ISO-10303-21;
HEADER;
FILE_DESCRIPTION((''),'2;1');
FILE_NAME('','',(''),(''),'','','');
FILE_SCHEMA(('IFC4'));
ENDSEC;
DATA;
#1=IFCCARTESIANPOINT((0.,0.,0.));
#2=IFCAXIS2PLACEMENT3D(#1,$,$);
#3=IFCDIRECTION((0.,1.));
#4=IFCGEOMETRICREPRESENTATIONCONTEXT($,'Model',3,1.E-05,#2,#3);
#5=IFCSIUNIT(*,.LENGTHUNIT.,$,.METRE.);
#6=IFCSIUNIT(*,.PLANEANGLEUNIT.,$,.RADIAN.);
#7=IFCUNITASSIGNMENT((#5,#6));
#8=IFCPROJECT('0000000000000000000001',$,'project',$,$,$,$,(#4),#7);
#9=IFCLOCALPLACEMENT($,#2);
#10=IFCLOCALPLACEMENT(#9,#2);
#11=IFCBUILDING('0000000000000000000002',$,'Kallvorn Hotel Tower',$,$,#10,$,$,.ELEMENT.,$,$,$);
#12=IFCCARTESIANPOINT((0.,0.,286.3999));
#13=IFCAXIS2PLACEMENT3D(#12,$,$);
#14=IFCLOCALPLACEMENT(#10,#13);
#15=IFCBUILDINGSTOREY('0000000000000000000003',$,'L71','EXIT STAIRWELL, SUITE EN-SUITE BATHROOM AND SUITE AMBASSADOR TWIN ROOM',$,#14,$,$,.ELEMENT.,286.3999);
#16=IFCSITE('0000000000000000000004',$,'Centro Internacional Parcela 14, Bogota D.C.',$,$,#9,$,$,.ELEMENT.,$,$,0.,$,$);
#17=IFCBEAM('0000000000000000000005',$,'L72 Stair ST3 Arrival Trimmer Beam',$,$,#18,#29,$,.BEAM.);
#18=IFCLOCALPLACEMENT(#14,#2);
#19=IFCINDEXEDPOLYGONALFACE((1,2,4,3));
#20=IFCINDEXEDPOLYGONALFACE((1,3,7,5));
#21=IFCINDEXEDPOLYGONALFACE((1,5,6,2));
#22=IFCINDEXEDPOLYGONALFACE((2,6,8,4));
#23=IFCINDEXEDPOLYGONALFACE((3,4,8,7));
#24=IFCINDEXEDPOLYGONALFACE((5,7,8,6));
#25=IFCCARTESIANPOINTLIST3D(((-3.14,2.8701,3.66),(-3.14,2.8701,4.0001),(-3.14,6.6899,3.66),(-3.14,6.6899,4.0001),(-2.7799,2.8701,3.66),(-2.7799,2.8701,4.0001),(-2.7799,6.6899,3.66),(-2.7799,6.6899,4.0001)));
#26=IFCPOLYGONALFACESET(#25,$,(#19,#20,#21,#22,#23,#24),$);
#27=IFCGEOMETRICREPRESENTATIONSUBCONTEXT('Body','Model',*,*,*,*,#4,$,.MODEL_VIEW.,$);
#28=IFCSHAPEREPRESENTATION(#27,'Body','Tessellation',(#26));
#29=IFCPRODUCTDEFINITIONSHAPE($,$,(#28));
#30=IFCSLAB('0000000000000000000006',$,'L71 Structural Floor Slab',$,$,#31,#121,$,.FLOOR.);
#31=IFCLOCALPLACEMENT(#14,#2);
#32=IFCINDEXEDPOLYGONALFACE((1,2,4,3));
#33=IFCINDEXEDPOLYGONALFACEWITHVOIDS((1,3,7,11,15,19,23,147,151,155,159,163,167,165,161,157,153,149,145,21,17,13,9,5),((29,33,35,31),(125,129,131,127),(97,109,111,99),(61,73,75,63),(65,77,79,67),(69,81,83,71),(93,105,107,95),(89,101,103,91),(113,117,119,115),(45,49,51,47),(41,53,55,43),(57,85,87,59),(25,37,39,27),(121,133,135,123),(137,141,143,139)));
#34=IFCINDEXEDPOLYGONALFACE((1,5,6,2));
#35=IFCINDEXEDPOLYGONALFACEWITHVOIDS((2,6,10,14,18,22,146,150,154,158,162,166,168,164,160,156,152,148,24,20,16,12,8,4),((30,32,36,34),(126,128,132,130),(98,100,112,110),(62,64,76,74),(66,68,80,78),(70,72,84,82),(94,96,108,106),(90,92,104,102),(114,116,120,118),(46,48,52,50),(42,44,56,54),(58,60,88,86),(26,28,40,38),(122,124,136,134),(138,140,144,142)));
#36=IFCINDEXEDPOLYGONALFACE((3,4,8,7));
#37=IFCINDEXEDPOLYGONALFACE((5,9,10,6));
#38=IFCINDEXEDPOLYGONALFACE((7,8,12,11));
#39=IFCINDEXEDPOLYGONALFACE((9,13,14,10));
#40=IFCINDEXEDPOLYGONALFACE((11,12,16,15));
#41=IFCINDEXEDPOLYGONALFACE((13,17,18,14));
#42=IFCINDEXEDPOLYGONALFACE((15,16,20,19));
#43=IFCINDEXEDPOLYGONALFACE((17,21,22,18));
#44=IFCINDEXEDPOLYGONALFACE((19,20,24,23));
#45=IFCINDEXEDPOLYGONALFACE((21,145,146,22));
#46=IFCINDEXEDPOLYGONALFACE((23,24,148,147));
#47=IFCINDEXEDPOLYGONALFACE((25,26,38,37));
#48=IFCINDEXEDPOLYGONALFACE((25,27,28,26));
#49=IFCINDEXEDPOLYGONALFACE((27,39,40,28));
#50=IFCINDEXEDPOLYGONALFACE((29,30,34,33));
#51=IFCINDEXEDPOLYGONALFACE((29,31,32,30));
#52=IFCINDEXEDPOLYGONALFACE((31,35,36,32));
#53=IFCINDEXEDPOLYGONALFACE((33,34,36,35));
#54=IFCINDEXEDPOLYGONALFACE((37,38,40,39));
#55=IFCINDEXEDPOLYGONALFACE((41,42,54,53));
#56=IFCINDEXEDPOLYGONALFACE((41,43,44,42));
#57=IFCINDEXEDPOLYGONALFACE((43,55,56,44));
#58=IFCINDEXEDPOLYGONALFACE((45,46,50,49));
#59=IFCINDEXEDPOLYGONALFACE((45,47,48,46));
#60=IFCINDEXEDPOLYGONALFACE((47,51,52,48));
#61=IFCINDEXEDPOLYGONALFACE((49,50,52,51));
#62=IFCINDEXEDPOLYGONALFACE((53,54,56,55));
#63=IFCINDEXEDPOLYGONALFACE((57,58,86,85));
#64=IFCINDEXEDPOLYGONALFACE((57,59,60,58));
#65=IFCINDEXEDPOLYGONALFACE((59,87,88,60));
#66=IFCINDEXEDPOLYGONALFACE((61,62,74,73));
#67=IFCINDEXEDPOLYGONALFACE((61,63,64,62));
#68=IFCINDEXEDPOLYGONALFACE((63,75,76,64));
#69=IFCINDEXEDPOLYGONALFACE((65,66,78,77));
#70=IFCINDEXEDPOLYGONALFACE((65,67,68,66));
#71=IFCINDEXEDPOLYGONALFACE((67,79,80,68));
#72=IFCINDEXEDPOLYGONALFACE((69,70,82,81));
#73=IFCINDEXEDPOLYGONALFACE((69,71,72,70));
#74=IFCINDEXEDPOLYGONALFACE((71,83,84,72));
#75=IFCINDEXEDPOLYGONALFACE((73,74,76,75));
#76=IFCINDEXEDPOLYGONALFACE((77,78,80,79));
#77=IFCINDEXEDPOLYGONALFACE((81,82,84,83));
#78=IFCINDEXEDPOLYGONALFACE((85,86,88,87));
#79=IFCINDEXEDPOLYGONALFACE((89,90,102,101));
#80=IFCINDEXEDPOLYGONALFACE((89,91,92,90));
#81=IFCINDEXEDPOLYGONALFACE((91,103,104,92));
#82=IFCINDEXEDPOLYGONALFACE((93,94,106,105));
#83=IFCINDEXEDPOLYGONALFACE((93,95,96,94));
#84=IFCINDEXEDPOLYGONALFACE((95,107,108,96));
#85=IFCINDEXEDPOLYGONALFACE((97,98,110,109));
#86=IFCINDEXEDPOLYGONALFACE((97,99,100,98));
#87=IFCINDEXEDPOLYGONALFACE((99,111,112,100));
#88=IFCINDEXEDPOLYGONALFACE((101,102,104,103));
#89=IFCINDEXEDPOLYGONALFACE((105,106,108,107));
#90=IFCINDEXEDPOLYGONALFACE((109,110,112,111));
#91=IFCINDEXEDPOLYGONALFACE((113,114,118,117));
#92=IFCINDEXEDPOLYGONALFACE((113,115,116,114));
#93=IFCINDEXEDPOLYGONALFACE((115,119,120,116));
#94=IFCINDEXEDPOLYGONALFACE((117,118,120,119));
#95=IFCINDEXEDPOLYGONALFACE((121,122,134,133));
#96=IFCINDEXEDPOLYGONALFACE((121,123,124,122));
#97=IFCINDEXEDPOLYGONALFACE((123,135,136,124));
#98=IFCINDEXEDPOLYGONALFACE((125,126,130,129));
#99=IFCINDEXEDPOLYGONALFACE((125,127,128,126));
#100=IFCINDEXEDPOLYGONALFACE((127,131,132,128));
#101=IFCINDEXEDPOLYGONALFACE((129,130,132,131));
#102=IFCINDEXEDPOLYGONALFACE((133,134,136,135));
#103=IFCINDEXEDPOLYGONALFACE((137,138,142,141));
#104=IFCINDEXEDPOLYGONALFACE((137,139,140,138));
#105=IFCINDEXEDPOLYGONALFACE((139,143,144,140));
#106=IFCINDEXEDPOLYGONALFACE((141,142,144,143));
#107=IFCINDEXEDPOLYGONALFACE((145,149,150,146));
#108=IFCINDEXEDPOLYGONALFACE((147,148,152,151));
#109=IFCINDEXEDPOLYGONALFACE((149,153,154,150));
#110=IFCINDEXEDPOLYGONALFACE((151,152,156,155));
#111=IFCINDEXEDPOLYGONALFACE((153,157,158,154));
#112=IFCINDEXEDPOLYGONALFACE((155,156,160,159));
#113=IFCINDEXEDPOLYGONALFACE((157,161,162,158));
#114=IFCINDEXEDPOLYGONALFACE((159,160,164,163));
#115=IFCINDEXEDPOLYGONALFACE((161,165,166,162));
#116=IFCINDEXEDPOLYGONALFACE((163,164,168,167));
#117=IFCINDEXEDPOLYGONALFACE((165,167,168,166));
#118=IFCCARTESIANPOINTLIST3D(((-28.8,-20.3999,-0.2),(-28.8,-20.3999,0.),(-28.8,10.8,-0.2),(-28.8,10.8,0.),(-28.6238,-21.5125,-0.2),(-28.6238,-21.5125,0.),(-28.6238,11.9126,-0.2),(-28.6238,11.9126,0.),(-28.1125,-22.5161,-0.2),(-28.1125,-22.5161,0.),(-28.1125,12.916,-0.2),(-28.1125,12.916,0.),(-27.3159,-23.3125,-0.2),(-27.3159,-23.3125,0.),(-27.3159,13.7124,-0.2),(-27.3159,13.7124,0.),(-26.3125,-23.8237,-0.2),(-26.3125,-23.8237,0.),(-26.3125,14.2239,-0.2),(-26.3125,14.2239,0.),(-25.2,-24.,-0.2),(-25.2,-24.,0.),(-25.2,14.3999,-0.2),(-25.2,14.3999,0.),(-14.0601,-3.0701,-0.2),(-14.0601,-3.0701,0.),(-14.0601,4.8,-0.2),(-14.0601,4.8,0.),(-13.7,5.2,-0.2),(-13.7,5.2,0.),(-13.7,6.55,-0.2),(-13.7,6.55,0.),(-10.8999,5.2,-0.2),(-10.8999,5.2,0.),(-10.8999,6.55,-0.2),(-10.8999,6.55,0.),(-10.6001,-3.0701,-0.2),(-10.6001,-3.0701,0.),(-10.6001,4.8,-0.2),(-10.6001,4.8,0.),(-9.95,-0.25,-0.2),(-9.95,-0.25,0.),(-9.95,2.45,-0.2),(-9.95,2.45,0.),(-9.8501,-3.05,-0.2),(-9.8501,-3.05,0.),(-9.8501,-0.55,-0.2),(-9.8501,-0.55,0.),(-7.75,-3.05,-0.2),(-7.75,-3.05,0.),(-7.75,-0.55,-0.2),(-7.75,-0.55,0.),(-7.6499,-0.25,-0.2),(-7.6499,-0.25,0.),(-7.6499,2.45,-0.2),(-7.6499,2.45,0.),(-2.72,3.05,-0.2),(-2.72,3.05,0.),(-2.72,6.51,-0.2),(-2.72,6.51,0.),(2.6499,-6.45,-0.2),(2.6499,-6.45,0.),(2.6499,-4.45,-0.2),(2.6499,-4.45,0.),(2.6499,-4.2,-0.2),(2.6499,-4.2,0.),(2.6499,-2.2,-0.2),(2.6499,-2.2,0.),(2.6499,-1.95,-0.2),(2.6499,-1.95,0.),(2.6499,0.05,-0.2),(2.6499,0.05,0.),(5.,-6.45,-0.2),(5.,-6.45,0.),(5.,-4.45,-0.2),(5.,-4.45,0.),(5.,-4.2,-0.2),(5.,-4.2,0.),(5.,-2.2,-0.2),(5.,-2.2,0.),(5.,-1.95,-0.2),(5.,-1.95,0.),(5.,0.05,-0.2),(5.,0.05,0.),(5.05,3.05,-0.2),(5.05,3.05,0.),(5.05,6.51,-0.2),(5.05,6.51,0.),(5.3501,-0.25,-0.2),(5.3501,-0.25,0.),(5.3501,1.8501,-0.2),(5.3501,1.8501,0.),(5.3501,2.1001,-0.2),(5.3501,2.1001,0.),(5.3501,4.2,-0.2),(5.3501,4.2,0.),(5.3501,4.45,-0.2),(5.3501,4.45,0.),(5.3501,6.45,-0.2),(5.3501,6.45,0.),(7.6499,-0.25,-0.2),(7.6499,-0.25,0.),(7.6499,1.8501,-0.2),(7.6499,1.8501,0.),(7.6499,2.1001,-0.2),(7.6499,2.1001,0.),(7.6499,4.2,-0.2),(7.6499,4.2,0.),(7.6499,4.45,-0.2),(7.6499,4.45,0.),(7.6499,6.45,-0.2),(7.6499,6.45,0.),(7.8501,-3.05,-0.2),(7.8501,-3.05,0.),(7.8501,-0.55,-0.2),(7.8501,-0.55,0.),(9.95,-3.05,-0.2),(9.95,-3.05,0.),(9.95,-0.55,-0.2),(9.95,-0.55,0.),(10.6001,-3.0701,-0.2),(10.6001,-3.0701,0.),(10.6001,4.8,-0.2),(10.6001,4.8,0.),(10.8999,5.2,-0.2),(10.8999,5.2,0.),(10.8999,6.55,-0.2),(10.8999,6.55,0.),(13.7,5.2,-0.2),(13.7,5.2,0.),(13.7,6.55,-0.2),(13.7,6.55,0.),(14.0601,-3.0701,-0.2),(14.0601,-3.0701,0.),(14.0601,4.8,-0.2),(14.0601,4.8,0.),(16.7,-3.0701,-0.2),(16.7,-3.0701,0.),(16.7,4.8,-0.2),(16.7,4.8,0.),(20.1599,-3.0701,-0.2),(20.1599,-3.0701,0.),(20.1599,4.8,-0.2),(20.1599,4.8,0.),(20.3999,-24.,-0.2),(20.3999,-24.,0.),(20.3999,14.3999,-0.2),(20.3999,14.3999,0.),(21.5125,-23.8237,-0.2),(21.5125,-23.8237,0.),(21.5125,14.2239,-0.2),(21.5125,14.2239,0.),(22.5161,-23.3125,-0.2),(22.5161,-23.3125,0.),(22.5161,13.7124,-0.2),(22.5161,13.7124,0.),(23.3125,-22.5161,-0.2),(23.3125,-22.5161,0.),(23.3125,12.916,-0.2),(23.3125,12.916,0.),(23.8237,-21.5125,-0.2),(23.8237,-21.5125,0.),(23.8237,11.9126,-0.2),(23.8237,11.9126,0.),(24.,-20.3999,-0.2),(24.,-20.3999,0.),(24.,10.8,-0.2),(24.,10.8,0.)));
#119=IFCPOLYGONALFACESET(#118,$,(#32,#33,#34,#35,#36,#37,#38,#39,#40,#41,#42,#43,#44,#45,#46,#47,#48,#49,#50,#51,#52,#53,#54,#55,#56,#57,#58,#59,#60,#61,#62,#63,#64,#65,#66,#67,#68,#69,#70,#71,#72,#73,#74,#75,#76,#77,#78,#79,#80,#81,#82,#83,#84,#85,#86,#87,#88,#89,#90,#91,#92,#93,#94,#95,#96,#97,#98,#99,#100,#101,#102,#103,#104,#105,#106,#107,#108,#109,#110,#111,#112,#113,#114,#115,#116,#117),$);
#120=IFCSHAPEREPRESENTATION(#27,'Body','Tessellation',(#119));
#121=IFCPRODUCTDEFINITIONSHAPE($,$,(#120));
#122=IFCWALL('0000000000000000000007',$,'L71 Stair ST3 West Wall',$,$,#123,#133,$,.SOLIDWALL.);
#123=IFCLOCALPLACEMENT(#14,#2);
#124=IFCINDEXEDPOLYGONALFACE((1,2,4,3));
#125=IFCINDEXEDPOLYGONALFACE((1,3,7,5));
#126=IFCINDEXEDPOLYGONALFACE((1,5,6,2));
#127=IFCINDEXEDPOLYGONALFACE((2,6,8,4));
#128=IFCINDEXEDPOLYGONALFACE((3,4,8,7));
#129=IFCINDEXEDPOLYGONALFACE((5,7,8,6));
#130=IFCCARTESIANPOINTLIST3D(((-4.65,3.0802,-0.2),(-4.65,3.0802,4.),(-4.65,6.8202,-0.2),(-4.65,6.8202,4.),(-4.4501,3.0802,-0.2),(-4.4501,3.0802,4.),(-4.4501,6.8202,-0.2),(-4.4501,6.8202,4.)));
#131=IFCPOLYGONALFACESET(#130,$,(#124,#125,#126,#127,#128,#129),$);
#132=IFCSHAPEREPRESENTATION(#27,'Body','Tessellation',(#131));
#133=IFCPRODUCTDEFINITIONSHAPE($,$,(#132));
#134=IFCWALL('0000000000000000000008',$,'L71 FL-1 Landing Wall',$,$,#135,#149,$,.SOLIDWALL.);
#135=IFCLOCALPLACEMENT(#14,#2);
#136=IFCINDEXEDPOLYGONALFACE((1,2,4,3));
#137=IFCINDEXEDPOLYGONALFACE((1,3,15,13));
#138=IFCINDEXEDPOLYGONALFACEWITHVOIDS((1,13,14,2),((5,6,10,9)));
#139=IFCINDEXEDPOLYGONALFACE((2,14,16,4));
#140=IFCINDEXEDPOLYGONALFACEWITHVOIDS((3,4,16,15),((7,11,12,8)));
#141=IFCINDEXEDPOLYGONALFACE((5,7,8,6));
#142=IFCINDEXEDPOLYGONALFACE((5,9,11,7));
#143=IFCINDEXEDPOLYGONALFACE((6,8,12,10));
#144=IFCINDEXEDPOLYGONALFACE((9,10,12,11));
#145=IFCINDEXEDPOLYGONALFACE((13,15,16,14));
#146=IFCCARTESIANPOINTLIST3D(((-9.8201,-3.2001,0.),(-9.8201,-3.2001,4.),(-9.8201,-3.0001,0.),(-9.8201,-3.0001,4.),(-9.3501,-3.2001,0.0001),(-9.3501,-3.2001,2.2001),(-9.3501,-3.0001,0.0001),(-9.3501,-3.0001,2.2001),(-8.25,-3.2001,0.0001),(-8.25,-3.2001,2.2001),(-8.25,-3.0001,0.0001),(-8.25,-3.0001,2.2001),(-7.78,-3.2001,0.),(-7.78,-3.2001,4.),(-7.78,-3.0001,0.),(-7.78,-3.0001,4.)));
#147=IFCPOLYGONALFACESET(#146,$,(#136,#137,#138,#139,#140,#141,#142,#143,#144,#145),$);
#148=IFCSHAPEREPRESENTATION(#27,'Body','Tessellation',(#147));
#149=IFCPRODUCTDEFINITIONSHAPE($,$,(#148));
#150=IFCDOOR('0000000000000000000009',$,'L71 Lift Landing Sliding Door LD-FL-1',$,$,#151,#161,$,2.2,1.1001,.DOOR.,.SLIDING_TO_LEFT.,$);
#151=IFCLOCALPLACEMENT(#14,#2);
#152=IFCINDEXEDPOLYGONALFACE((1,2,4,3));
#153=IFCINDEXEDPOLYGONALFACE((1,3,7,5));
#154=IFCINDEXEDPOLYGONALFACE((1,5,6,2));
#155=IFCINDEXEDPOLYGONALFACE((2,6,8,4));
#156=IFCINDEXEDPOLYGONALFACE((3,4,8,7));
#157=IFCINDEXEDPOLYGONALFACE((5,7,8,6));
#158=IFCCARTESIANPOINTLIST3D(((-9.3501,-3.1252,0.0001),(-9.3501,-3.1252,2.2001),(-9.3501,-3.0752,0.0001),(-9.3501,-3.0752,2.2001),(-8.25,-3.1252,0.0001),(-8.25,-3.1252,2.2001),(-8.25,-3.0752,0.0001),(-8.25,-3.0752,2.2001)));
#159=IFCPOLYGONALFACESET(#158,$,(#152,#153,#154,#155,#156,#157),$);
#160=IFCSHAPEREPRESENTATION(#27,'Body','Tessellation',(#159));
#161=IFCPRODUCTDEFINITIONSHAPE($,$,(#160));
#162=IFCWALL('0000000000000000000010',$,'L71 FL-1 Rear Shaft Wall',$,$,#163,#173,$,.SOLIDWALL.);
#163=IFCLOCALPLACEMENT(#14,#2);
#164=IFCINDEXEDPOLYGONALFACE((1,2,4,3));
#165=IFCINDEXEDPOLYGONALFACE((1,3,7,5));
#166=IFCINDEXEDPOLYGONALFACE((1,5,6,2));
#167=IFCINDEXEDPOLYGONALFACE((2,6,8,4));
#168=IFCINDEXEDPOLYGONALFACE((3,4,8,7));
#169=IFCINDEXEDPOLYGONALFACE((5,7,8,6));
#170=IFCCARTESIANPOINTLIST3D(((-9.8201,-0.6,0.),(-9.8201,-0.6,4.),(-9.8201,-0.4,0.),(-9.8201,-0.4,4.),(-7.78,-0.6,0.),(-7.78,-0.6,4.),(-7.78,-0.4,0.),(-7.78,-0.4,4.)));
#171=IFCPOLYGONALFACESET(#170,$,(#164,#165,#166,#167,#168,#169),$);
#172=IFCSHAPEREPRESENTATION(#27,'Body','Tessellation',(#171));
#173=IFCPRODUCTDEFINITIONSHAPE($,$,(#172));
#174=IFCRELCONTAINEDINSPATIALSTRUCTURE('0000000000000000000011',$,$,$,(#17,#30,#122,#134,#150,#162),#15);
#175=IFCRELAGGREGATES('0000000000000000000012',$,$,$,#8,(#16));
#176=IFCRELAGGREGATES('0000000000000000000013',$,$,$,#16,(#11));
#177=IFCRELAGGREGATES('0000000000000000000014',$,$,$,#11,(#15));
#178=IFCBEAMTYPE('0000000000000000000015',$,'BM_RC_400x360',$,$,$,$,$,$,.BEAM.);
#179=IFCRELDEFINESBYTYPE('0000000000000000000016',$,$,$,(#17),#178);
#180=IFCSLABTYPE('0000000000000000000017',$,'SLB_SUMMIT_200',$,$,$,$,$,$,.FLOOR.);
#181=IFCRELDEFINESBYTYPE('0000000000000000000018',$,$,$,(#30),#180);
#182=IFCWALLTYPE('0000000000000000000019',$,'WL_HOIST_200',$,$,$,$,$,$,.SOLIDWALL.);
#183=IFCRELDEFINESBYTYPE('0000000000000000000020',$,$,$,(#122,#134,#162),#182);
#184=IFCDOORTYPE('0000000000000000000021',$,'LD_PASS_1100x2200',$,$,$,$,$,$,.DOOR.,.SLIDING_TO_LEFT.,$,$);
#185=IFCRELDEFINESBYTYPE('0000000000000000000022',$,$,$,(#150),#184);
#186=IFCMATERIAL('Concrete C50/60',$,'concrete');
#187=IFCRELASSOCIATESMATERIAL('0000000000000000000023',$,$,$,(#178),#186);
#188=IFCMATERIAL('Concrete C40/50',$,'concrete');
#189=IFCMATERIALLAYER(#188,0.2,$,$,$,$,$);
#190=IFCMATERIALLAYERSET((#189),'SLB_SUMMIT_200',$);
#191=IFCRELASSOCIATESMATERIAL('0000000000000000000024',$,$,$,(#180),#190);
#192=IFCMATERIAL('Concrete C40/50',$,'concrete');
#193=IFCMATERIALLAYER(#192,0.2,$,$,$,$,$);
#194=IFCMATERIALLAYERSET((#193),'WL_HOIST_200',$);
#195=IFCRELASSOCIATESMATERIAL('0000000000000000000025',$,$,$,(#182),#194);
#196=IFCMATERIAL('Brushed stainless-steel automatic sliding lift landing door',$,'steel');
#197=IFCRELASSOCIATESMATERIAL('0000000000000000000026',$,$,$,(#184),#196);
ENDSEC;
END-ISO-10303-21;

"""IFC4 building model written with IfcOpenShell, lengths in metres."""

from ifc_helpers import new_model, si_unit, direction, frame, frame_2d, origin, origin_2d, place, context, subcontext, project, spatial, polyline, rectangle, outline, extrude, material, layer, layer_set, material_profile, profile_set, type_object, element, fill, save


model = new_model("IFC4")

# Units and contexts
model_context = context("Model", 3, precision=1e-05, world=origin(), true_north=direction((0.0, 1.0)))
body_context = subcontext(model_context, "Body", "Model", "MODEL_VIEW")
ifc_project = project(units=[si_unit("LENGTHUNIT", "METRE"), si_unit("PLANEANGLEUNIT", "RADIAN")], contexts=[model_context])

# Site, building, storey
site_placement = place(None, origin())
site = spatial("IfcSite", under=ifc_project, at=site_placement, Name="Centro Internacional Parcela 14, Bogota D.C.", CompositionType="ELEMENT", RefElevation=0.0)
building_placement = place(site_placement, origin())
building = spatial("IfcBuilding", under=site, at=building_placement, Name="Kallvorn Hotel Tower", CompositionType="ELEMENT")
storey_placement = place(building_placement, frame((0.0, 0.0, 286.3999)))
storey = spatial("IfcBuildingStorey", under=building, at=storey_placement, Name="L71", Description="EXIT STAIRWELL, SUITE EN-SUITE BATHROOM AND SUITE AMBASSADOR TWIN ROOM", CompositionType="ELEMENT", Elevation=286.3999)

# Beam
ifc_material_1 = material(Name="Concrete C50/60", Category="concrete")
ifc_material_profile = material_profile(ifc_material_1, rectangle(XDim=0.3601, YDim=0.3401, at=origin_2d()), Name="RC 360x340")
ifc_profile_set = profile_set([ifc_material_profile], Name="Concrete C50/60")
beam_type = type_object("IfcBeamType", Name="BM_RC_400x360", PredefinedType="BEAM", material=ifc_profile_set)
beam_placement = place(storey_placement, frame((-2.96, 2.8701, 3.8301), z_axis=(0.0, 1.0, 0.0), x_axis=(-1.0, 0.0, 0.0)))
element("IfcBeam", 1, at=beam_placement, inside=storey, type_object=beam_type, Name="L72 Stair ST3 Arrival Trimmer Beam", PredefinedType="BEAM", context=body_context, shape_type="SweptSolid", body=[
    extrude(rectangle(XDim=0.3601, YDim=0.3401, at=origin_2d()), origin(), (0.0, 0.0, 1.0), 3.8198),
])

# Slab
ifc_material_2 = material(Name="Concrete C40/50", Category="concrete")
ifc_layer_1 = layer(ifc_material_2, 0.2)
ifc_layer_set_1 = layer_set([ifc_layer_1], Name="SLB_SUMMIT_200")
slab_type = type_object("IfcSlabType", Name="SLB_SUMMIT_200", PredefinedType="FLOOR", material=ifc_layer_set_1)
slab_placement = place(storey_placement, frame((0.0, 0.0, -0.2)))
element("IfcSlab", 2, at=slab_placement, inside=storey, type_object=slab_type, Name="L71 Structural Floor Slab", PredefinedType="FLOOR", context=body_context, shape_type="SweptSolid", body=[
    extrude(outline(polyline([(20.3999, -24.0), (21.5125, -23.8237), (22.5161, -23.3125), (23.3125, -22.5161), (23.8237, -21.5125), (24.0, -20.3999), (24.0, 10.8), (23.8237, 11.9126), (23.3125, 12.916), (22.5161, 13.7124), (21.5125, 14.2239), (20.3999, 14.3999), (-25.2, 14.3999), (-26.3125, 14.2239), (-27.3159, 13.7124), (-28.1125, 12.916), (-28.6238, 11.9126), (-28.8, 10.8), (-28.8, -20.3999), (-28.6238, -21.5125), (-28.1125, -22.5161), (-27.3159, -23.3125), (-26.3125, -23.8237), (-25.2, -24.0), (20.3999, -24.0)]), holes=[polyline([(-10.6001, -3.0701), (-10.6001, 4.8), (-14.0601, 4.8), (-14.0601, -3.0701), (-10.6001, -3.0701)]), polyline([(14.0601, -3.0701), (14.0601, 4.8), (10.6001, 4.8), (10.6001, -3.0701), (14.0601, -3.0701)]), polyline([(-2.72, 3.05), (5.05, 3.05), (5.05, 6.51), (-2.72, 6.51), (-2.72, 3.05)]), polyline([(20.1599, -3.0701), (20.1599, 4.8), (16.7, 4.8), (16.7, -3.0701), (20.1599, -3.0701)]), polyline([(2.6499, -6.45), (5.0, -6.45), (5.0, -4.45), (2.6499, -4.45), (2.6499, -6.45)]), polyline([(2.6499, -4.2), (5.0, -4.2), (5.0, -2.2), (2.6499, -2.2), (2.6499, -4.2)]), polyline([(2.6499, -1.95), (5.0, -1.95), (5.0, 0.05), (2.6499, 0.05), (2.6499, -1.95)]), polyline([(5.3501, -0.25), (7.6499, -0.25), (7.6499, 1.8501), (5.3501, 1.8501), (5.3501, -0.25)]), polyline([(5.3501, 2.1001), (7.6499, 2.1001), (7.6499, 4.2), (5.3501, 4.2), (5.3501, 2.1001)]), polyline([(5.3501, 4.45), (7.6499, 4.45), (7.6499, 6.45), (5.3501, 6.45), (5.3501, 4.45)]), polyline([(-9.8501, -3.05), (-7.75, -3.05), (-7.75, -0.55), (-9.8501, -0.55), (-9.8501, -3.05)]), polyline([(7.8501, -3.05), (9.95, -3.05), (9.95, -0.55), (7.8501, -0.55), (7.8501, -3.05)]), polyline([(-9.95, -0.25), (-7.6499, -0.25), (-7.6499, 2.45), (-9.95, 2.45), (-9.95, -0.25)]), polyline([(-13.7, 5.2), (-10.8999, 5.2), (-10.8999, 6.55), (-13.7, 6.55), (-13.7, 5.2)]), polyline([(10.8999, 5.2), (13.7, 5.2), (13.7, 6.55), (10.8999, 6.55), (10.8999, 5.2)])]), origin(), (0.0, 0.0, 1.0), 0.2),
])

# Wall
ifc_material_3 = material(Name="Concrete C40/50", Category="concrete")
ifc_layer_2 = layer(ifc_material_3, 0.2)
ifc_layer_set_2 = layer_set([ifc_layer_2], Name="WL_HOIST_200")
wall_type_1 = type_object("IfcWallType", Name="WL_HOIST_200", PredefinedType="SOLIDWALL", material=ifc_layer_set_2)
wall_1_placement = place(storey_placement, frame((-4.55, 3.0801, -0.2), z_axis=(0.0, 0.0, 1.0), x_axis=(0.0, 1.0, 0.0)))
element("IfcWall", 3, at=wall_1_placement, inside=storey, type_object=wall_type_1, Name="L71 Stair ST3 West Wall", PredefinedType="SOLIDWALL", context=body_context, shape_type="SweptSolid", body=[
    extrude(rectangle(XDim=3.74, YDim=0.2, at=frame_2d((1.8701, 0.0))), origin(), (0.0, 0.0, 1.0), 4.2),
])

# Wall, opening, door
wall_2_placement = place(storey_placement, frame((-9.8201, -3.1001, 0.0), z_axis=(0.0, 0.0, 1.0), x_axis=(1.0, 0.0, 0.0)))
wall_2 = element("IfcWall", 4, at=wall_2_placement, inside=storey, type_object=wall_type_1, Name="L71 FL-1 Landing Wall", PredefinedType="SOLIDWALL", context=body_context, shape_type="SweptSolid", body=[
    extrude(rectangle(XDim=2.04, YDim=0.2, at=frame_2d((1.02, 0.0))), origin(), (0.0, 0.0, 1.0), 4.0),
])
opening_1_placement = place(wall_2_placement, frame((0.47, 0.0, 0.0)))
opening_1 = element("IfcOpeningElement", 5, at=opening_1_placement, cuts=wall_2, PredefinedType="OPENING", context=body_context, shape_type="SweptSolid", body=[
    extrude(rectangle(XDim=1.1001, YDim=2.2, at=frame_2d((0.55, 1.1001))), frame((0.0, 0.115, 0.0), z_axis=(0.0, -1.0, 0.0), x_axis=(1.0, 0.0, 0.0)), (0.0, 0.0, 1.0), 0.23),
])
ifc_material_4 = material(Name="Brushed stainless-steel automatic sliding lift landing door", Category="steel")
door_type_1 = type_object("IfcDoorType", Name="LD_PASS_1100x2200", OperationType="SLIDING_TO_LEFT", PredefinedType="DOOR", material=ifc_material_4)
door_1_placement = place(opening_1_placement, origin())
door_1 = element("IfcDoor", 6, at=door_1_placement, inside=storey, type_object=door_type_1, Name="L71 Lift Landing Sliding Door LD-FL-1", OperationType="SLIDING_TO_LEFT", OverallHeight=2.2, OverallWidth=1.1001, PredefinedType="DOOR", context=body_context, shape_type="SweptSolid", body=[
    extrude(rectangle(XDim=1.1001, YDim=2.2, at=frame_2d((0.55, 1.1001))), frame((0.0, 0.0249, 0.0), z_axis=(0.0, -1.0, 0.0), x_axis=(1.0, 0.0, 0.0)), (0.0, 0.0, 1.0), 0.05),
])
fill(opening_1, door_1)

# Wall
wall_3_placement = place(storey_placement, frame((-9.8201, -0.5, 0.0), z_axis=(0.0, 0.0, 1.0), x_axis=(1.0, 0.0, 0.0)))
element("IfcWall", 7, at=wall_3_placement, inside=storey, type_object=wall_type_1, Name="L71 FL-1 Rear Shaft Wall", PredefinedType="SOLIDWALL", context=body_context, shape_type="SweptSolid", body=[
    extrude(rectangle(XDim=2.04, YDim=0.2, at=frame_2d((1.02, 0.0))), origin(), (0.0, 0.0, 1.0), 4.0),
])

save(model, "model.ifc")
